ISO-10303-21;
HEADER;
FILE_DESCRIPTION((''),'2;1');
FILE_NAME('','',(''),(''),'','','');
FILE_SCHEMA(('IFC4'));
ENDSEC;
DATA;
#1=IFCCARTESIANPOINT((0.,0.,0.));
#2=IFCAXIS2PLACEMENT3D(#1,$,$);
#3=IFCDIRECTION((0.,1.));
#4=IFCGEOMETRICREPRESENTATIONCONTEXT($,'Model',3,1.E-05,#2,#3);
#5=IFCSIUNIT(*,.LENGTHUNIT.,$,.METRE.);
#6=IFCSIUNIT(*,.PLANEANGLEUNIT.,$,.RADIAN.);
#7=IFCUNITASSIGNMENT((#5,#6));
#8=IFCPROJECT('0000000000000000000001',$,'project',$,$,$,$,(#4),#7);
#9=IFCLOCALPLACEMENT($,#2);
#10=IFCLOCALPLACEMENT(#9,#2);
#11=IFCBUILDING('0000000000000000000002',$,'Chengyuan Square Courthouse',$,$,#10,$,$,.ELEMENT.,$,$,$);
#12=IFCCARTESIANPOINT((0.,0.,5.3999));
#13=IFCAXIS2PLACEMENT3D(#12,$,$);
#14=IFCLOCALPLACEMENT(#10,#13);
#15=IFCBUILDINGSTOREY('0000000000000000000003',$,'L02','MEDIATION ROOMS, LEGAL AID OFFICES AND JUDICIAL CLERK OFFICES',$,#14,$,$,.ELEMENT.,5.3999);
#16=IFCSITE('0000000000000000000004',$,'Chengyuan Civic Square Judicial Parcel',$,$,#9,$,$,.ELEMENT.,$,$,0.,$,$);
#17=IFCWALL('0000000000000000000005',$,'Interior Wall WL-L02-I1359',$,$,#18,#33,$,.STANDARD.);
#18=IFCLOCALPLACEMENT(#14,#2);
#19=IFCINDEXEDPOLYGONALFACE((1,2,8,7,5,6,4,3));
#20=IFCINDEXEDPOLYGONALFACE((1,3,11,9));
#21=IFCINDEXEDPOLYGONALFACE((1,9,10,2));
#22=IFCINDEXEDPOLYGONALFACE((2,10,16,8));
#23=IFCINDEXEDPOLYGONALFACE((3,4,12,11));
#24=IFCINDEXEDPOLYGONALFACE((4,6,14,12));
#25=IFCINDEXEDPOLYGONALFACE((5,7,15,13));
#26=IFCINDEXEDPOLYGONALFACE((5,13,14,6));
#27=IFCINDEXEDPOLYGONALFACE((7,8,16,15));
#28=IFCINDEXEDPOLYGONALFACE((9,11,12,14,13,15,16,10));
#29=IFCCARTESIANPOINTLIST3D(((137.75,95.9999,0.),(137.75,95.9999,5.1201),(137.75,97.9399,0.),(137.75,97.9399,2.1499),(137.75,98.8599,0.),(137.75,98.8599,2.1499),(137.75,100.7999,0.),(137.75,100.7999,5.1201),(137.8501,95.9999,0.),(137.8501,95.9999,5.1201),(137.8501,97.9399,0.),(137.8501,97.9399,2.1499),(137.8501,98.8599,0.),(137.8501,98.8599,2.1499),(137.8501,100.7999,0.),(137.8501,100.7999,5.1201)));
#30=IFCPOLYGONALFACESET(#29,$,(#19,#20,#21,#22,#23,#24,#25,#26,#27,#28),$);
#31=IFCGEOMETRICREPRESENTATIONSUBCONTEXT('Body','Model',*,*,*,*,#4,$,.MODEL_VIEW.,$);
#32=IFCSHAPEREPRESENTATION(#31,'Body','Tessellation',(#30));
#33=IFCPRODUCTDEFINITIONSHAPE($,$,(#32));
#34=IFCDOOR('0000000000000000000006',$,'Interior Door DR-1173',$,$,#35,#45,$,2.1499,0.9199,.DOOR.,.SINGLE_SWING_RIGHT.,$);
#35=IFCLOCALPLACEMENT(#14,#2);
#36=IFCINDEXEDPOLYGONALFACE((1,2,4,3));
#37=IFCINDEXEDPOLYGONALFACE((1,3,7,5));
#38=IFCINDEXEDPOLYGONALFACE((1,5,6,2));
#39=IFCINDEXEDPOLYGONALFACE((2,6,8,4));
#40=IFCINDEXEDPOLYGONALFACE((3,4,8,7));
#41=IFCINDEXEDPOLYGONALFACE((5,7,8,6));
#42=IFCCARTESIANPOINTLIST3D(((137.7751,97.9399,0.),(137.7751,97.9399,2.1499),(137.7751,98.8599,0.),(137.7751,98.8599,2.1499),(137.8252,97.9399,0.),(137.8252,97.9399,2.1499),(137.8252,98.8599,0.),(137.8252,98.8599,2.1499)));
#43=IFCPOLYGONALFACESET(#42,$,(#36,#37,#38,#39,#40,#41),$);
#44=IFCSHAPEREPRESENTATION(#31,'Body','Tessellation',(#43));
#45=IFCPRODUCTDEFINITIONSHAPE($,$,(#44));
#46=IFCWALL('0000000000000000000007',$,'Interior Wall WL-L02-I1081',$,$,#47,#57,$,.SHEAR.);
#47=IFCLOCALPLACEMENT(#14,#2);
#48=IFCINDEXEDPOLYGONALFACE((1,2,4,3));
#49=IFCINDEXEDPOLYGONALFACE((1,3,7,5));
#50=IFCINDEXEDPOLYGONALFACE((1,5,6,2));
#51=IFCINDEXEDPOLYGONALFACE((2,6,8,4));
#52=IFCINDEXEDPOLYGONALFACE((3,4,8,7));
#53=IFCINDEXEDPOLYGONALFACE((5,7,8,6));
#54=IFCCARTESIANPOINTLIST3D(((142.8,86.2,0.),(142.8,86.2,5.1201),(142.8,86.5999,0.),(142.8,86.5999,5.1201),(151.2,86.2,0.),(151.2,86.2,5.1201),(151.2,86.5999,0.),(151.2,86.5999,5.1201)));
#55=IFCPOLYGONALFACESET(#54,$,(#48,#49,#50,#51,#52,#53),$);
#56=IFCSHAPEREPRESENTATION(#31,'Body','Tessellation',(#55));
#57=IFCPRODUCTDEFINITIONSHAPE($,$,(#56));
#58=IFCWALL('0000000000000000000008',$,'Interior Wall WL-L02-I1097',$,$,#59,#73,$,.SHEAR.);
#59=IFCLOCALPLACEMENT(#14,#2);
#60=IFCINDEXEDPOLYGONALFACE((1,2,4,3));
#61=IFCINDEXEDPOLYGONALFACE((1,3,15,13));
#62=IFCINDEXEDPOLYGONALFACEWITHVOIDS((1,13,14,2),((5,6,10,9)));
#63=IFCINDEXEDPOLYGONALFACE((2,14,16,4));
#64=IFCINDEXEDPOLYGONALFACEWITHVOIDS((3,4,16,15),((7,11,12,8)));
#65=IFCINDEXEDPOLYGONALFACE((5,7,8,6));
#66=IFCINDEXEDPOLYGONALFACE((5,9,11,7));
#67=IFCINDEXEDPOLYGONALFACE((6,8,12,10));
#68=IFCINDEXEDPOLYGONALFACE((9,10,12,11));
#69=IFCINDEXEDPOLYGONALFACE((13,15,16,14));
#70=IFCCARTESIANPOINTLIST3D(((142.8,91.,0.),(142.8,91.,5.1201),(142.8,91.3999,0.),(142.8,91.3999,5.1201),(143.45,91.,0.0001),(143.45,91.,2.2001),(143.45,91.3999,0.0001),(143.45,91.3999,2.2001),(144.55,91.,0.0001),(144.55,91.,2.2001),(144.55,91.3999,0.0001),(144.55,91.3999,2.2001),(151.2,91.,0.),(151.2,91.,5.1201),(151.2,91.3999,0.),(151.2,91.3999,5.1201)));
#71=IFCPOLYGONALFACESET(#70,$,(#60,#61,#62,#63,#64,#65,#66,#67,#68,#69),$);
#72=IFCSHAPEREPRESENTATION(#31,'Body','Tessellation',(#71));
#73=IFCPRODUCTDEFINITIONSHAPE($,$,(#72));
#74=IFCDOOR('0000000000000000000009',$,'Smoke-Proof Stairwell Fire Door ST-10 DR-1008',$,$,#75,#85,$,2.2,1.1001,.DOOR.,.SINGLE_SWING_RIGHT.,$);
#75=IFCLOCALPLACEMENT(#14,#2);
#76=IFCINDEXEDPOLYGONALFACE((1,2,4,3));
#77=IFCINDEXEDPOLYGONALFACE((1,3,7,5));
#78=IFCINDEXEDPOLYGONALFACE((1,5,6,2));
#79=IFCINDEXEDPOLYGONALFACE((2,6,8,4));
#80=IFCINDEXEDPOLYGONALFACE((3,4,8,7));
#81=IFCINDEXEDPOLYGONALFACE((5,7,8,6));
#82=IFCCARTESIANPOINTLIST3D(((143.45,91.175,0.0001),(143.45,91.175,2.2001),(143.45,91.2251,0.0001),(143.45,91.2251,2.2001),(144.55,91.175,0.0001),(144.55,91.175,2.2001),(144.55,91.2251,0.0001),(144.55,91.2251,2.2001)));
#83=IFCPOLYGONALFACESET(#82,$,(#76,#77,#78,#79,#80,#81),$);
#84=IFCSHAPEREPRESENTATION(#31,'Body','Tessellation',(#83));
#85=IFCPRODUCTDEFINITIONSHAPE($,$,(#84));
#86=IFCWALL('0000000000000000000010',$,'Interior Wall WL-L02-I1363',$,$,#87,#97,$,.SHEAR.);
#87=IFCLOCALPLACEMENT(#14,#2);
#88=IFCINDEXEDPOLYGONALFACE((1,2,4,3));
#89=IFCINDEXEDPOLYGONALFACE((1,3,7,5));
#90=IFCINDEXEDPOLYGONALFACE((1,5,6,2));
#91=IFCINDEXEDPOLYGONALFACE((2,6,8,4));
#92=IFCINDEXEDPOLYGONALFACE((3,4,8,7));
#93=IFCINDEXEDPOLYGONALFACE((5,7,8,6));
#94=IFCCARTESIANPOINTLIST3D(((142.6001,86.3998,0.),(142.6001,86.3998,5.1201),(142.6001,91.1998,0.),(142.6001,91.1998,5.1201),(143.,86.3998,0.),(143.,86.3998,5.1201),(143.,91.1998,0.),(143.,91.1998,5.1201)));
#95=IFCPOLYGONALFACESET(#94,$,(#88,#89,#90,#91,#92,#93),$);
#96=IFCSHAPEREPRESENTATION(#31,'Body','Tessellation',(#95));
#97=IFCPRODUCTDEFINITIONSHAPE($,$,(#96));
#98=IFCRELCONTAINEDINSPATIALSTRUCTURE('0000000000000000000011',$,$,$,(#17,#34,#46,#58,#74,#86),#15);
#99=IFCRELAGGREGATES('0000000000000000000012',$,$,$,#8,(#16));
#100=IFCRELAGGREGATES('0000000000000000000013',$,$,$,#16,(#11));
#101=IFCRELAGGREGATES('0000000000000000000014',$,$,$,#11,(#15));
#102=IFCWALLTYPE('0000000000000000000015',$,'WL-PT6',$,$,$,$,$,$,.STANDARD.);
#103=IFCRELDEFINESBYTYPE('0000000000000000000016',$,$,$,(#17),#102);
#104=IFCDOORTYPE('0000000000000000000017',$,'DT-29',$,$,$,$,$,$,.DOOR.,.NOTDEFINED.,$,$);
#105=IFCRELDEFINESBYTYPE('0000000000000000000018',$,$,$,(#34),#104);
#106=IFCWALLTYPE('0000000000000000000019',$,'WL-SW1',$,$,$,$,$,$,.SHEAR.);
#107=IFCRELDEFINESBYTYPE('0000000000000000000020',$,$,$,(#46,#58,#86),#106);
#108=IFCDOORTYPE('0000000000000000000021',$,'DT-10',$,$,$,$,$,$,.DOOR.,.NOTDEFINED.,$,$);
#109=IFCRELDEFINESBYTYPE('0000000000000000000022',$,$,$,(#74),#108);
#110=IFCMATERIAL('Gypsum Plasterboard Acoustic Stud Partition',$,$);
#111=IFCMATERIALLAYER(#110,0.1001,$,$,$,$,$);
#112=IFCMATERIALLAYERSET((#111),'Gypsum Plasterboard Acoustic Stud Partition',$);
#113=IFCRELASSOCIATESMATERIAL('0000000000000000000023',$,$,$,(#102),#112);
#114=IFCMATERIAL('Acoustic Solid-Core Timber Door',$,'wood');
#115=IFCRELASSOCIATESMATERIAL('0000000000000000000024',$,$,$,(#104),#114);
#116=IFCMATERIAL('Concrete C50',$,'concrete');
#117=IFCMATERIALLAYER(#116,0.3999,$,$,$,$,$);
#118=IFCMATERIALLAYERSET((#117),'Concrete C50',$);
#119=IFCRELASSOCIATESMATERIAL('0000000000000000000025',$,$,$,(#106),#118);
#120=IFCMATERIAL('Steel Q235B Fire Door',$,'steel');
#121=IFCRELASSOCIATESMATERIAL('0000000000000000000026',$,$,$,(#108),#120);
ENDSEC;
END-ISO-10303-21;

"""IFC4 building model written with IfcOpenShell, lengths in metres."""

from ifc_helpers import new_model, si_unit, direction, frame, frame_2d, origin, place, context, subcontext, project, spatial, rectangle, extrude, material, layer, layer_set, type_object, element, fill, save


model = new_model("IFC4")

# Units and contexts
model_context = context("Model", 3, precision=1e-05, world=origin(), true_north=direction((0.0, 1.0)))
body_context = subcontext(model_context, "Body", "Model", "MODEL_VIEW")
ifc_project = project(units=[si_unit("LENGTHUNIT", "METRE"), si_unit("PLANEANGLEUNIT", "RADIAN")], contexts=[model_context])

# Site, building, storey
site_placement = place(None, origin())
site = spatial("IfcSite", under=ifc_project, at=site_placement, Name="Chengyuan Civic Square Judicial Parcel", CompositionType="ELEMENT", RefElevation=0.0)
building_placement = place(site_placement, origin())
building = spatial("IfcBuilding", under=site, at=building_placement, Name="Chengyuan Square Courthouse", CompositionType="ELEMENT")
storey_placement = place(building_placement, frame((0.0, 0.0, 5.3999)))
storey = spatial("IfcBuildingStorey", under=building, at=storey_placement, Name="L02", Description="MEDIATION ROOMS, LEGAL AID OFFICES AND JUDICIAL CLERK OFFICES", CompositionType="ELEMENT", Elevation=5.3999)

# Shared definitions
ifc_material_1 = material(Name="Concrete C50", Category="concrete")

# Shared definitions
ifc_material_2 = material(Name="Steel Q235B Fire Door", Category="steel")

# Shared definitions
ifc_material_3 = material(Name="Acoustic Solid-Core Timber Door", Category="wood")

# Shared definitions
ifc_material_4 = material(Name="Gypsum Plasterboard Acoustic Stud Partition")
ifc_layer_1 = layer(ifc_material_4, 0.1001)
ifc_layer_set_1 = layer_set([ifc_layer_1], Name="Gypsum Plasterboard Acoustic Stud Partition")
wall_type_1 = type_object("IfcWallType", Name="WL-PT6", PredefinedType="STANDARD", material=ifc_layer_set_1)

# Wall, opening, door
wall_1_placement = place(storey_placement, frame((137.8, 96.0, 0.0), z_axis=(0.0, 0.0, 1.0), x_axis=(0.0, 1.0, 0.0)))
wall_1 = element("IfcWall", 1, at=wall_1_placement, inside=storey, type_object=wall_type_1, Name="Interior Wall WL-L02-I1359", PredefinedType="STANDARD", context=body_context, shape_type="SweptSolid", body=[
    extrude(rectangle(XDim=4.8, YDim=0.1001, at=frame_2d((2.3999, 0.0))), origin(), (0.0, 0.0, 1.0), 5.1201),
])
opening_1_placement = place(wall_1_placement, frame((1.9399, 0.0, 0.0)))
opening_1 = element("IfcOpeningElement", 2, at=opening_1_placement, cuts=wall_1, PredefinedType="OPENING", context=body_context, shape_type="SweptSolid", body=[
    extrude(rectangle(XDim=0.9199, YDim=2.1499, at=frame_2d((0.46, 1.075))), frame((0.0, 0.062, 0.0), z_axis=(0.0, -1.0, 0.0), x_axis=(1.0, 0.0, 0.0)), (0.0, 0.0, 1.0), 0.124),
])
door_type_1 = type_object("IfcDoorType", Name="DT-29", OperationType="NOTDEFINED", PredefinedType="DOOR", material=ifc_material_3)
door_1_placement = place(opening_1_placement, origin())
door_1 = element("IfcDoor", 3, at=door_1_placement, inside=storey, type_object=door_type_1, Name="Interior Door DR-1173", OperationType="SINGLE_SWING_RIGHT", OverallHeight=2.1499, OverallWidth=0.9199, PredefinedType="DOOR", context=body_context, shape_type="SweptSolid", body=[
    extrude(rectangle(XDim=0.9199, YDim=2.1499, at=frame_2d((0.46, 1.075))), frame((0.0, 0.0249, 0.0), z_axis=(0.0, -1.0, 0.0), x_axis=(1.0, 0.0, 0.0)), (0.0, 0.0, 1.0), 0.05),
])
fill(opening_1, door_1)

# Wall
ifc_layer_2 = layer(ifc_material_1, 0.3999)
ifc_layer_set_2 = layer_set([ifc_layer_2], Name="Concrete C50")
wall_type_2 = type_object("IfcWallType", Name="WL-SW1", PredefinedType="SHEAR", material=ifc_layer_set_2)
wall_2_placement = place(storey_placement, frame((142.8, 86.3999, 0.0), z_axis=(0.0, 0.0, 1.0), x_axis=(1.0, 0.0, 0.0)))
element("IfcWall", 4, at=wall_2_placement, inside=storey, type_object=wall_type_2, Name="Interior Wall WL-L02-I1081", PredefinedType="SHEAR", context=body_context, shape_type="SweptSolid", body=[
    extrude(rectangle(XDim=8.3999, YDim=0.3999, at=frame_2d((4.2, 0.0))), origin(), (0.0, 0.0, 1.0), 5.1201),
])

# Wall, opening, door
wall_3_placement = place(storey_placement, frame((142.8, 91.2, 0.0), z_axis=(0.0, 0.0, 1.0), x_axis=(1.0, 0.0, 0.0)))
wall_3 = element("IfcWall", 5, at=wall_3_placement, inside=storey, type_object=wall_type_2, Name="Interior Wall WL-L02-I1097", PredefinedType="SHEAR", context=body_context, shape_type="SweptSolid", body=[
    extrude(rectangle(XDim=8.3999, YDim=0.3999, at=frame_2d((4.2, 0.0))), origin(), (0.0, 0.0, 1.0), 5.1201),
])
opening_2_placement = place(wall_3_placement, frame((0.6499, 0.0, 0.0)))
opening_2 = element("IfcOpeningElement", 6, at=opening_2_placement, cuts=wall_3, PredefinedType="OPENING", context=body_context, shape_type="SweptSolid", body=[
    extrude(rectangle(XDim=1.1001, YDim=2.2, at=frame_2d((0.55, 1.1001))), frame((0.0, 0.2119, 0.0), z_axis=(0.0, -1.0, 0.0), x_axis=(1.0, 0.0, 0.0)), (0.0, 0.0, 1.0), 0.4238),
])
door_type_2 = type_object("IfcDoorType", Name="DT-10", OperationType="NOTDEFINED", PredefinedType="DOOR", material=ifc_material_2)
door_2_placement = place(opening_2_placement, frame((1.1001, 0.0, 0.0), z_axis=(0.0, 0.0, 1.0), x_axis=(-1.0, 0.0, 0.0)))
door_2 = element("IfcDoor", 7, at=door_2_placement, inside=storey, type_object=door_type_2, Name="Smoke-Proof Stairwell Fire Door ST-10 DR-1008", OperationType="SINGLE_SWING_RIGHT", OverallHeight=2.2, OverallWidth=1.1001, PredefinedType="DOOR", context=body_context, shape_type="SweptSolid", body=[
    extrude(rectangle(XDim=1.1001, YDim=2.2, at=frame_2d((0.55, 1.1001))), frame((0.0, 0.0249, 0.0), z_axis=(0.0, -1.0, 0.0), x_axis=(1.0, 0.0, 0.0)), (0.0, 0.0, 1.0), 0.05),
])
fill(opening_2, door_2)

# Wall
wall_4_placement = place(storey_placement, frame((142.8, 86.3999, 0.0), z_axis=(0.0, 0.0, 1.0), x_axis=(0.0, 1.0, 0.0)))
element("IfcWall", 8, at=wall_4_placement, inside=storey, type_object=wall_type_2, Name="Interior Wall WL-L02-I1363", PredefinedType="SHEAR", context=body_context, shape_type="SweptSolid", body=[
    extrude(rectangle(XDim=4.8, YDim=0.3999, at=frame_2d((2.3999, 0.0))), origin(), (0.0, 0.0, 1.0), 5.1201),
])

save(model, "model.ifc")
